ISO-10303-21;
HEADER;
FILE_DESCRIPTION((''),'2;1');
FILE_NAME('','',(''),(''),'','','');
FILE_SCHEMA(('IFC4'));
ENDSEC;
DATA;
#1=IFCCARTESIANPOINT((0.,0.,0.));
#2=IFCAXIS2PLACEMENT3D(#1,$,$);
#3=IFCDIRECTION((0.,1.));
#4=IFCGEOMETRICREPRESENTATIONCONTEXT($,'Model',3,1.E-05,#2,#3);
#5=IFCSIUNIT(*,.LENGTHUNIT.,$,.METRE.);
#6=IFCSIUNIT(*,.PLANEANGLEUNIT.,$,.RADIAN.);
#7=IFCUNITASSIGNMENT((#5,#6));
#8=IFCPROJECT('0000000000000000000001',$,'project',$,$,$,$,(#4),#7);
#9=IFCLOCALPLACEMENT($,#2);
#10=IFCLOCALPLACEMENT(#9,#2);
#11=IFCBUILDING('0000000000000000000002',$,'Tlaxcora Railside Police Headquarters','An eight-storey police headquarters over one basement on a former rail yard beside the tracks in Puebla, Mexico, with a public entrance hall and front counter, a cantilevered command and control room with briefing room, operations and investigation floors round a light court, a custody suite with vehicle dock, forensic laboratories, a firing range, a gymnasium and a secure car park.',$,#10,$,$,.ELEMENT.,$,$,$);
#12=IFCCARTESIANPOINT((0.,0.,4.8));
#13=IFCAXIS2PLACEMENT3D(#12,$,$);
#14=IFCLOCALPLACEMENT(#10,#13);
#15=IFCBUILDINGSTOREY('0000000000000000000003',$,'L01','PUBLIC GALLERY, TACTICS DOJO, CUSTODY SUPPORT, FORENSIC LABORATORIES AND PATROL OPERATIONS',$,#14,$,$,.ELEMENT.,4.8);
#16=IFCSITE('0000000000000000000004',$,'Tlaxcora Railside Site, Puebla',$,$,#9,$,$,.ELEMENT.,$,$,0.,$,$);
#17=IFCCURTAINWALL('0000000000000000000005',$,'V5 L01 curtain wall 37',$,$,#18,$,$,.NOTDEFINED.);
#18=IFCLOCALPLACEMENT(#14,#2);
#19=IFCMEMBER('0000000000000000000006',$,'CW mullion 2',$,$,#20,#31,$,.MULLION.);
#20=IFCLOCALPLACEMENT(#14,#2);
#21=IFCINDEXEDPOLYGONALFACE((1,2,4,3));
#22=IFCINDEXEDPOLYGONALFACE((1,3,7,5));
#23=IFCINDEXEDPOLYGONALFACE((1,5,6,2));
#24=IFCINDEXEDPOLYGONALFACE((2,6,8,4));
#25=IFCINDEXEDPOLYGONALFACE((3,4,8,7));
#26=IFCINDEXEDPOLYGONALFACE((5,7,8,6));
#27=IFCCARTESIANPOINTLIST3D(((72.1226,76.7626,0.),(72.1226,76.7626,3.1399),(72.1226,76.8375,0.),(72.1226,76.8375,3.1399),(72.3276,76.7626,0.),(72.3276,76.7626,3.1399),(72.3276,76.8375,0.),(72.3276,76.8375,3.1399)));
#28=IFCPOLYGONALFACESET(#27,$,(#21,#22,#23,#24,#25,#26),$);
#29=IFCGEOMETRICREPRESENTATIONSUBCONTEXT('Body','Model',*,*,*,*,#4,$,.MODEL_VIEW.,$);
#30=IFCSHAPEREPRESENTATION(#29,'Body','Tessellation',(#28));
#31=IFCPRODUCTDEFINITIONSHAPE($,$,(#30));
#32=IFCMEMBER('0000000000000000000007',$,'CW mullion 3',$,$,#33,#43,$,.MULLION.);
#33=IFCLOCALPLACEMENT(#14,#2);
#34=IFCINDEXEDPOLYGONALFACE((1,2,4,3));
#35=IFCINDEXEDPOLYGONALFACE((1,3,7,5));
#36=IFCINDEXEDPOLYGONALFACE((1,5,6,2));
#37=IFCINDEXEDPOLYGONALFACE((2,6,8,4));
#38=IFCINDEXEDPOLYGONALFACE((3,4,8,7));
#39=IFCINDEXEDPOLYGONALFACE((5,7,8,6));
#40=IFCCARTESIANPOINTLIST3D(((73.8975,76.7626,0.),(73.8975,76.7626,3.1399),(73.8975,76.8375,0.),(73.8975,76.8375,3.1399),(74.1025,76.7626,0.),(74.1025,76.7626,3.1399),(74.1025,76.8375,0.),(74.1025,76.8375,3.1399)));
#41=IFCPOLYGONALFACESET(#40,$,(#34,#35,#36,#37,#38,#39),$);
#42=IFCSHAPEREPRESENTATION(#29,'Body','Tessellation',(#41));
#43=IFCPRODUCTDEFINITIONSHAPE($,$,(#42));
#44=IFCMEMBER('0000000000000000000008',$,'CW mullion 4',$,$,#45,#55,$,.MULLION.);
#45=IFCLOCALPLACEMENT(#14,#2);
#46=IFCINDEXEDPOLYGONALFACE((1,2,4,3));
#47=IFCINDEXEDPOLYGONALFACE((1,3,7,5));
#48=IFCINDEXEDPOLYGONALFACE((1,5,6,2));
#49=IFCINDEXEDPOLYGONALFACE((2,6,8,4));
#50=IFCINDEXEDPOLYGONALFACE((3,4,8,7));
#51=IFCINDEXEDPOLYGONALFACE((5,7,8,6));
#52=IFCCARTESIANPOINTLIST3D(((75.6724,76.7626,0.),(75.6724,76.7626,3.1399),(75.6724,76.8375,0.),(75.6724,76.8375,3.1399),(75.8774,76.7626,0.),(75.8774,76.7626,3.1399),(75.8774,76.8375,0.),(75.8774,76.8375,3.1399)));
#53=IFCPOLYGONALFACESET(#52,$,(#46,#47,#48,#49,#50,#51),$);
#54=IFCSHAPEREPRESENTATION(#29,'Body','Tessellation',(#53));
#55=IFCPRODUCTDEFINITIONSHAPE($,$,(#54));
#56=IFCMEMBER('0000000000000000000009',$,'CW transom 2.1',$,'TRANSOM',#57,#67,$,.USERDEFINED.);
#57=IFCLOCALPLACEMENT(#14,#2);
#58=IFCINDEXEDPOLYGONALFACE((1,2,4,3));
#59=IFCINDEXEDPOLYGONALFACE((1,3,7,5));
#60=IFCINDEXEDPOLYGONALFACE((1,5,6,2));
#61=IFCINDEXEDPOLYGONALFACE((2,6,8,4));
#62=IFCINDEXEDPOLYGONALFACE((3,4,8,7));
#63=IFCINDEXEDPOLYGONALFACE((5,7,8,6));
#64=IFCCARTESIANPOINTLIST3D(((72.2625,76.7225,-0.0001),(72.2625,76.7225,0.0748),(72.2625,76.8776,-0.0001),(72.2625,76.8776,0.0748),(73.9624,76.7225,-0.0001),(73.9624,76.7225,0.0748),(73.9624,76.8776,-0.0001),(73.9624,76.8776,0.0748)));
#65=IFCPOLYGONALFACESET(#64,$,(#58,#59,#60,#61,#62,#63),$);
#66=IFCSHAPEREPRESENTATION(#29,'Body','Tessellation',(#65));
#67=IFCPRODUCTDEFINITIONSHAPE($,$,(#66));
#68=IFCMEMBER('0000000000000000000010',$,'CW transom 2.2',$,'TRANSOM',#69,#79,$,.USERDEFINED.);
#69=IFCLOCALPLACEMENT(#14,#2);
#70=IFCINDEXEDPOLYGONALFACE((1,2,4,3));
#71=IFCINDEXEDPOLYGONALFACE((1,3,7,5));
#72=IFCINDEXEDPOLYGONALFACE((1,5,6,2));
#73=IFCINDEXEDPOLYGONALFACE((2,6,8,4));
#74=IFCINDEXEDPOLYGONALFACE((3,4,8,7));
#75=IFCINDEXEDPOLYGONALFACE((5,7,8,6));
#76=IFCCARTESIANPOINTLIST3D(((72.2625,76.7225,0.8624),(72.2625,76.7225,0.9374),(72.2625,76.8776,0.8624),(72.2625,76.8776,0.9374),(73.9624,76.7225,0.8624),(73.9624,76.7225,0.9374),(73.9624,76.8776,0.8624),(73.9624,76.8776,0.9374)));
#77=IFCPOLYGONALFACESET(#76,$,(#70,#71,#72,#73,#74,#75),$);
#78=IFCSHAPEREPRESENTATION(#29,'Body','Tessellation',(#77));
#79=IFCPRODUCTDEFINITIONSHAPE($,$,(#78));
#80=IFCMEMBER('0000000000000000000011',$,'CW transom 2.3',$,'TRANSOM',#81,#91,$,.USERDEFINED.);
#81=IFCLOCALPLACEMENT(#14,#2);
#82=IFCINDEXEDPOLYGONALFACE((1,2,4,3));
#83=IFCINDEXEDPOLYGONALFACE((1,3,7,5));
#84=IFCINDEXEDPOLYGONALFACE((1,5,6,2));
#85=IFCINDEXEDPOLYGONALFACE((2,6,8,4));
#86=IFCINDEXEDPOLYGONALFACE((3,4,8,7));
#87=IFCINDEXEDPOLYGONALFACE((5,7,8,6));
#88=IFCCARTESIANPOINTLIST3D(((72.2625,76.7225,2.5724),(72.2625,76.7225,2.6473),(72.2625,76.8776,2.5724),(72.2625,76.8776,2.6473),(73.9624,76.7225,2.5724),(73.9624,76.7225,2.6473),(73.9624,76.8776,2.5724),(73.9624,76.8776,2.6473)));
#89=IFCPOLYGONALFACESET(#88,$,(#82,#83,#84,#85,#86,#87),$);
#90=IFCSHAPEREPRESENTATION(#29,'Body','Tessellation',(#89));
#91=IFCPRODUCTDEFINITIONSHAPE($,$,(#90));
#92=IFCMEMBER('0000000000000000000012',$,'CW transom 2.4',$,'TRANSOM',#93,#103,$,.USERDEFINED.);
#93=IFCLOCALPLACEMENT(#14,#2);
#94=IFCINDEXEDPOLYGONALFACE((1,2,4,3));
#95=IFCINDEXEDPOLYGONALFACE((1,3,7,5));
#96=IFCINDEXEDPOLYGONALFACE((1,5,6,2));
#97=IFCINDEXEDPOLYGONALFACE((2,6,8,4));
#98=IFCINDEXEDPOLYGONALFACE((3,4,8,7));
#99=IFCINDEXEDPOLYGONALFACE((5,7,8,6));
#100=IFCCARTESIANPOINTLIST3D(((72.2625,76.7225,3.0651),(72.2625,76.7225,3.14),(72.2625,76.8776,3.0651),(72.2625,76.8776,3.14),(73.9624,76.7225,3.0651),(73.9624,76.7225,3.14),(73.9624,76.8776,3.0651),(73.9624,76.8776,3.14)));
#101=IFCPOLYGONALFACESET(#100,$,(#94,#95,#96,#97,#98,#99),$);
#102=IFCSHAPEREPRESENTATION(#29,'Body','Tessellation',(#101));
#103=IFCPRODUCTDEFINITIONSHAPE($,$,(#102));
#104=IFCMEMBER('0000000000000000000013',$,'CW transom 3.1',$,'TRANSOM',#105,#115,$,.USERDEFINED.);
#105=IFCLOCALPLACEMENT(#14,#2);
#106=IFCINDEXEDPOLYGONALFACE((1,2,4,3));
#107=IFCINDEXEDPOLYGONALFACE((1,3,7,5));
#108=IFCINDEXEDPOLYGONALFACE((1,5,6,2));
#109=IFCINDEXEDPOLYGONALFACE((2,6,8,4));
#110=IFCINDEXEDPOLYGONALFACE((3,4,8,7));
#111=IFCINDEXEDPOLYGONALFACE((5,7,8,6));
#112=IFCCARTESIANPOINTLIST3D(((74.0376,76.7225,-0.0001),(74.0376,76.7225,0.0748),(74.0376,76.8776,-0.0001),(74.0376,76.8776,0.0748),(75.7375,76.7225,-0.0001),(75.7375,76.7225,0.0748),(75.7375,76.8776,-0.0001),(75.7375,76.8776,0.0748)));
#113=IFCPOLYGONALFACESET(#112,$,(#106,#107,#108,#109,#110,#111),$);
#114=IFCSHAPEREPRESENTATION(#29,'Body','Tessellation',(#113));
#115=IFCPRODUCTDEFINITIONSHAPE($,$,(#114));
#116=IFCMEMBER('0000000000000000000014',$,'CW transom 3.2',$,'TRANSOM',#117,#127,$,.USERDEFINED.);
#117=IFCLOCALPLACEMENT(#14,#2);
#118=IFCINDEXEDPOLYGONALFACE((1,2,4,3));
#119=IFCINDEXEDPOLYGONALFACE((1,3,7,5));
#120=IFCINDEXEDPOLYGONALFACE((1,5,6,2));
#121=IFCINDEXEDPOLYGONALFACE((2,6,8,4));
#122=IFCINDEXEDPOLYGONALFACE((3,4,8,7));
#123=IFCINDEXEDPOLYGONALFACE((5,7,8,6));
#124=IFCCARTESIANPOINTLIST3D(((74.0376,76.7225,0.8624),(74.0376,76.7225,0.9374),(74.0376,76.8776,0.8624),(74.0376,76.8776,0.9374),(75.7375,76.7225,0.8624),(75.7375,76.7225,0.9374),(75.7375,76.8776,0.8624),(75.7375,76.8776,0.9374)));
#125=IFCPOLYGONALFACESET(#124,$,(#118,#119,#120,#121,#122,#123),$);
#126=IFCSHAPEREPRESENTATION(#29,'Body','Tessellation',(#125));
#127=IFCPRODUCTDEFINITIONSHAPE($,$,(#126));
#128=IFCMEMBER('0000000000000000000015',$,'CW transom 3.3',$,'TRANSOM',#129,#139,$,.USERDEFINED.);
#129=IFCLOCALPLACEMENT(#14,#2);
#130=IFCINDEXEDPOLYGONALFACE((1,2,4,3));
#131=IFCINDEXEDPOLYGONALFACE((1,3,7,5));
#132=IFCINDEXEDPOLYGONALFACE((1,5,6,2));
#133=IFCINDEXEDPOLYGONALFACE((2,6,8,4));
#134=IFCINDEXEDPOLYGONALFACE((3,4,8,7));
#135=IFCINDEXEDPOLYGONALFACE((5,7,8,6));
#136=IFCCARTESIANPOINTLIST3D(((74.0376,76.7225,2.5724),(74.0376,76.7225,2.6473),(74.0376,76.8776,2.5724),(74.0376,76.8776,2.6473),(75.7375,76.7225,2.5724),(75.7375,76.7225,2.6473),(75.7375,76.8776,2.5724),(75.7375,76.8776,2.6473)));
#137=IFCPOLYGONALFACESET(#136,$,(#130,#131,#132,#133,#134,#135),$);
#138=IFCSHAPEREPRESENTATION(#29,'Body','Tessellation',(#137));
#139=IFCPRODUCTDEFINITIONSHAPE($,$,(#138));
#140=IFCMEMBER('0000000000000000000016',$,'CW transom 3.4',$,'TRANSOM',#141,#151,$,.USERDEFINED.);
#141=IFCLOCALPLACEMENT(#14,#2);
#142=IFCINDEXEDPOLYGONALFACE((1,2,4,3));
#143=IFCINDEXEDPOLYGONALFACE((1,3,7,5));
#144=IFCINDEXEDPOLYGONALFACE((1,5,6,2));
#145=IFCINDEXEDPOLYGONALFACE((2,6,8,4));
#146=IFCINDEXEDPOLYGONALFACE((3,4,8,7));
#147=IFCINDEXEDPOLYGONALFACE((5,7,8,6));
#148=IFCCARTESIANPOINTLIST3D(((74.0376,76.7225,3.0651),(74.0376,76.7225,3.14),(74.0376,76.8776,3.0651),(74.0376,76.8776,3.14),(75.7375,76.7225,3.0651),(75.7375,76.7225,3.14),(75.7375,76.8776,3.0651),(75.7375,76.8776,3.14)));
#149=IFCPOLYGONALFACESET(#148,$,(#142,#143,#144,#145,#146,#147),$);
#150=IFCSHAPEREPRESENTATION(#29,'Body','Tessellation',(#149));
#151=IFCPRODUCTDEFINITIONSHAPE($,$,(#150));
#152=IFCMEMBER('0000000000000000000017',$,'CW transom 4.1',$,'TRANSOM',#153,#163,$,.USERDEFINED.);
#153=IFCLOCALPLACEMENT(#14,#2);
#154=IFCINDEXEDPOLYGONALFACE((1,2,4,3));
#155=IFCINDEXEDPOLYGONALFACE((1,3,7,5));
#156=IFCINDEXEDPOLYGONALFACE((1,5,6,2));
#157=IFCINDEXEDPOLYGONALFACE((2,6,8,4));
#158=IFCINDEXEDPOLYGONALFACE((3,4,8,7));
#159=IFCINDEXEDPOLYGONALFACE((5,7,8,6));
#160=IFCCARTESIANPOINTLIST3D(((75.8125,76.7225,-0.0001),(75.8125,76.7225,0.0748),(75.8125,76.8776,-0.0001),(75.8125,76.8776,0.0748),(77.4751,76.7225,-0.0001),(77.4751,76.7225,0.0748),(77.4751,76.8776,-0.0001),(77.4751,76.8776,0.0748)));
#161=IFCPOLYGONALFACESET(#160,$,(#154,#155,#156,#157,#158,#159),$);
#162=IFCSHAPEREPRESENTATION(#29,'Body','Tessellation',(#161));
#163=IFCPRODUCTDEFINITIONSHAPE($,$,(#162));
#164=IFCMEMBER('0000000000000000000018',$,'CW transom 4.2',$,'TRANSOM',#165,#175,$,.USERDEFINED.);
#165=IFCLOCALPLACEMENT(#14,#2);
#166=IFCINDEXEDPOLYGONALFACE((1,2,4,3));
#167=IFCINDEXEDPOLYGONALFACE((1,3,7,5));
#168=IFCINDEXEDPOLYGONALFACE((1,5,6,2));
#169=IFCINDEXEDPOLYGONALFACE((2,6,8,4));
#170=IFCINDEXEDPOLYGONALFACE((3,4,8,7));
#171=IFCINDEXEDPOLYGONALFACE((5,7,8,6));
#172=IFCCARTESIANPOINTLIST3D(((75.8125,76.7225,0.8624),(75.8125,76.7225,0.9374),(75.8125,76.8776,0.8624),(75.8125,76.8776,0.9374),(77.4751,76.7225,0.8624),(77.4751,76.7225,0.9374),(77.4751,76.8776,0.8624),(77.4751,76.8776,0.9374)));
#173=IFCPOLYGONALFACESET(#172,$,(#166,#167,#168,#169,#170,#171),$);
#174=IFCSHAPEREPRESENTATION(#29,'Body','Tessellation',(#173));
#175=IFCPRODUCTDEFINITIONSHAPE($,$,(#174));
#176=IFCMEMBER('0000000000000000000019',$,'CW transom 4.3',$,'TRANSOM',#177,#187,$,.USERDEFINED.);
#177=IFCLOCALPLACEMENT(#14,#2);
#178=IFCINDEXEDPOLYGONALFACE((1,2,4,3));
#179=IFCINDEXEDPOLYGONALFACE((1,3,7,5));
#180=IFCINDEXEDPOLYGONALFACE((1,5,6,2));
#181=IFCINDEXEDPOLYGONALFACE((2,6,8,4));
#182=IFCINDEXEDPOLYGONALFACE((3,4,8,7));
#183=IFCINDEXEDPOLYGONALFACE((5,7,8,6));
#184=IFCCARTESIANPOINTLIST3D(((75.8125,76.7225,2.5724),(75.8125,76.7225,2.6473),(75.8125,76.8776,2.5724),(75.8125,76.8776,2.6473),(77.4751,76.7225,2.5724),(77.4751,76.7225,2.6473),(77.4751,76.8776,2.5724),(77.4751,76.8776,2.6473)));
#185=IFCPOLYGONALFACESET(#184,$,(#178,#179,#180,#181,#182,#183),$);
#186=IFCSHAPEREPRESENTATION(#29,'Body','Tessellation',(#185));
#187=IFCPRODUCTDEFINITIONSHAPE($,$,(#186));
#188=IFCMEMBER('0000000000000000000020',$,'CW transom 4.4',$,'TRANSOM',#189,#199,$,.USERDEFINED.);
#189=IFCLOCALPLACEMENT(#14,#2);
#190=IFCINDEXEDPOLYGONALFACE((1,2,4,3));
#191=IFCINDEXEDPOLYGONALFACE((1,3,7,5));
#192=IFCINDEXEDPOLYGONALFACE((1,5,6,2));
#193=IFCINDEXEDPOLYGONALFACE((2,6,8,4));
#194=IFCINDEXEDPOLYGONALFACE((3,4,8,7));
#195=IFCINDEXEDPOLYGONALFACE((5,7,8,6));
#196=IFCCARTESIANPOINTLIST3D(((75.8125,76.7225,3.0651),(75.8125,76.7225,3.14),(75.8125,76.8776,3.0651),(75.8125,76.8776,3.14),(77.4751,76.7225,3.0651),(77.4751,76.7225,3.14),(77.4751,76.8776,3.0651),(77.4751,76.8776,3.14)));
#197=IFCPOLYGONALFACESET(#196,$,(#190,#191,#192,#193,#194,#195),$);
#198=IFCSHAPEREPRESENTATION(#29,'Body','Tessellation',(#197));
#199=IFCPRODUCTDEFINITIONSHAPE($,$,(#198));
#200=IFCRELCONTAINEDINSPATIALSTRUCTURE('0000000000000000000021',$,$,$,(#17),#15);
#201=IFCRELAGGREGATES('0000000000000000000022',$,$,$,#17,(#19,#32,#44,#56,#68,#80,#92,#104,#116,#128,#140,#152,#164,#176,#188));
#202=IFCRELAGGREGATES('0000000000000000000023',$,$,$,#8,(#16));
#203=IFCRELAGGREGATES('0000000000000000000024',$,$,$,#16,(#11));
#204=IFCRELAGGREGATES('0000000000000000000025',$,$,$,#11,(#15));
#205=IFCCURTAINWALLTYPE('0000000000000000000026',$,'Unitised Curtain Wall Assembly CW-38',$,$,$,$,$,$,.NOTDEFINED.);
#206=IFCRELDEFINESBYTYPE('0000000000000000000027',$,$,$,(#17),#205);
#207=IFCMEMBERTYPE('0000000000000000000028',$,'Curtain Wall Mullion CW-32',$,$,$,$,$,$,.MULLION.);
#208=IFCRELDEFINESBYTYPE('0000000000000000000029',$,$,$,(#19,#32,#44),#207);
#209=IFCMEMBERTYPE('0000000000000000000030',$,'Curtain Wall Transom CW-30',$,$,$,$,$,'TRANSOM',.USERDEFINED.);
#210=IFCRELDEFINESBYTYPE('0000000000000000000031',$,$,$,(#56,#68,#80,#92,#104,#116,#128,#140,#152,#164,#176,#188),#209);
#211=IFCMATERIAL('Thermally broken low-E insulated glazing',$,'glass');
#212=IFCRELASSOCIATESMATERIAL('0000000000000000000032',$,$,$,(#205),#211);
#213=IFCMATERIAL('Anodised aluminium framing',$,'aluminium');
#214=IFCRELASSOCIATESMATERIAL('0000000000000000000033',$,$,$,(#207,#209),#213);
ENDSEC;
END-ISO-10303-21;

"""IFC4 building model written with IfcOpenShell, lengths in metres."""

from ifc_helpers import new_model, si_unit, direction, frame, origin, origin_2d, place, context, subcontext, project, spatial, rectangle, extrude, material, material_profile, profile_set, type_object, element, aggregate, save


model = new_model("IFC4")

# Units and contexts
model_context = context("Model", 3, precision=1e-05, world=origin(), true_north=direction((0.0, 1.0)))
body_context = subcontext(model_context, "Body", "Model", "MODEL_VIEW")
ifc_project = project(units=[si_unit("LENGTHUNIT", "METRE"), si_unit("PLANEANGLEUNIT", "RADIAN")], contexts=[model_context])

# Site, building, storey
site_placement = place(None, origin())
site = spatial("IfcSite", under=ifc_project, at=site_placement, Name="Tlaxcora Railside Site, Puebla", CompositionType="ELEMENT", RefElevation=0.0)
building_placement = place(site_placement, origin())
building = spatial("IfcBuilding", under=site, at=building_placement, Name="Tlaxcora Railside Police Headquarters", Description="An eight-storey police headquarters over one basement on a former rail yard beside the tracks in Puebla, Mexico, with a public entrance hall and front counter, a cantilevered command and control room with briefing room, operations and investigation floors round a light court, a custody suite with vehicle dock, forensic laboratories, a firing range, a gymnasium and a secure car park.", CompositionType="ELEMENT")
storey_placement = place(building_placement, frame((0.0, 0.0, 4.8)))
storey = spatial("IfcBuildingStorey", under=building, at=storey_placement, Name="L01", Description="PUBLIC GALLERY, TACTICS DOJO, CUSTODY SUPPORT, FORENSIC LABORATORIES AND PATROL OPERATIONS", CompositionType="ELEMENT", Elevation=4.8)

# Curtain wall, members
ifc_material_1 = material(Name="Thermally broken low-E insulated glazing", Category="glass")
curtain_wall_type = type_object("IfcCurtainWallType", Name="Unitised Curtain Wall Assembly CW-38", PredefinedType="NOTDEFINED", material=ifc_material_1)
curtain_wall_placement = place(storey_placement, origin())
curtain_wall = element("IfcCurtainWall", 1, at=curtain_wall_placement, inside=storey, type_object=curtain_wall_type, Name="V5 L01 curtain wall 37", PredefinedType="NOTDEFINED")
ifc_material_2 = material(Name="Anodised aluminium framing", Category="aluminium")
ifc_material_profile_1 = material_profile(ifc_material_2, rectangle(XDim=0.075, YDim=0.2051, at=origin_2d()), Name="AL75X205")
ifc_profile_set_1 = profile_set([ifc_material_profile_1], Name="Anodised aluminium framing")
member_type_1 = type_object("IfcMemberType", Name="Curtain Wall Mullion CW-32", PredefinedType="MULLION", material=ifc_profile_set_1)
member_1_placement = place(storey_placement, frame((72.2251, 76.8, 0.0), z_axis=(0.0, 0.0, 1.0), x_axis=(0.0, 1.0, 0.0)))
member_1 = element("IfcMember", 2, at=member_1_placement, type_object=member_type_1, Name="CW mullion 2", PredefinedType="MULLION", context=body_context, shape_type="SweptSolid", body=[
    extrude(rectangle(XDim=0.075, YDim=0.2051, at=origin_2d()), origin(), (0.0, 0.0, 1.0), 3.1399),
])
member_2_placement = place(storey_placement, frame((74.0, 76.8, 0.0), z_axis=(0.0, 0.0, 1.0), x_axis=(0.0, 1.0, 0.0)))
member_2 = element("IfcMember", 3, at=member_2_placement, type_object=member_type_1, Name="CW mullion 3", PredefinedType="MULLION", context=body_context, shape_type="SweptSolid", body=[
    extrude(rectangle(XDim=0.075, YDim=0.2051, at=origin_2d()), origin(), (0.0, 0.0, 1.0), 3.1399),
])
member_3_placement = place(storey_placement, frame((75.7749, 76.8, 0.0), z_axis=(0.0, 0.0, 1.0), x_axis=(0.0, 1.0, 0.0)))
member_3 = element("IfcMember", 4, at=member_3_placement, type_object=member_type_1, Name="CW mullion 4", PredefinedType="MULLION", context=body_context, shape_type="SweptSolid", body=[
    extrude(rectangle(XDim=0.075, YDim=0.2051, at=origin_2d()), origin(), (0.0, 0.0, 1.0), 3.1399),
])
ifc_material_profile_2 = material_profile(ifc_material_2, rectangle(XDim=0.155, YDim=0.075, at=origin_2d()), Name="AL75X155")
ifc_profile_set_2 = profile_set([ifc_material_profile_2], Name="Anodised aluminium framing")
member_type_2 = type_object("IfcMemberType", Name="Curtain Wall Transom CW-30", ElementType="TRANSOM", PredefinedType="USERDEFINED", material=ifc_profile_set_2)
member_4_placement = place(storey_placement, frame((72.2625, 76.8, 0.0374), z_axis=(1.0, 0.0, 0.0), x_axis=(0.0, 1.0, 0.0)))
member_4 = element("IfcMember", 5, at=member_4_placement, type_object=member_type_2, Name="CW transom 2.1", ObjectType="TRANSOM", PredefinedType="USERDEFINED", context=body_context, shape_type="SweptSolid", body=[
    extrude(rectangle(XDim=0.155, YDim=0.075, at=origin_2d()), origin(), (0.0, 0.0, 1.0), 1.7),
])
member_5_placement = place(storey_placement, frame((72.2625, 76.8, 0.8999), z_axis=(1.0, 0.0, 0.0), x_axis=(0.0, 1.0, 0.0)))
member_5 = element("IfcMember", 6, at=member_5_placement, type_object=member_type_2, Name="CW transom 2.2", ObjectType="TRANSOM", PredefinedType="USERDEFINED", context=body_context, shape_type="SweptSolid", body=[
    extrude(rectangle(XDim=0.155, YDim=0.075, at=origin_2d()), origin(), (0.0, 0.0, 1.0), 1.7),
])
member_6_placement = place(storey_placement, frame((72.2625, 76.8, 2.6099), z_axis=(1.0, 0.0, 0.0), x_axis=(0.0, 1.0, 0.0)))
member_6 = element("IfcMember", 7, at=member_6_placement, type_object=member_type_2, Name="CW transom 2.3", ObjectType="TRANSOM", PredefinedType="USERDEFINED", context=body_context, shape_type="SweptSolid", body=[
    extrude(rectangle(XDim=0.155, YDim=0.075, at=origin_2d()), origin(), (0.0, 0.0, 1.0), 1.7),
])
member_7_placement = place(storey_placement, frame((72.2625, 76.8, 3.1025), z_axis=(1.0, 0.0, 0.0), x_axis=(0.0, 1.0, 0.0)))
member_7 = element("IfcMember", 8, at=member_7_placement, type_object=member_type_2, Name="CW transom 2.4", ObjectType="TRANSOM", PredefinedType="USERDEFINED", context=body_context, shape_type="SweptSolid", body=[
    extrude(rectangle(XDim=0.155, YDim=0.075, at=origin_2d()), origin(), (0.0, 0.0, 1.0), 1.7),
])
member_8_placement = place(storey_placement, frame((74.0376, 76.8, 0.0374), z_axis=(1.0, 0.0, 0.0), x_axis=(0.0, 1.0, 0.0)))
member_8 = element("IfcMember", 9, at=member_8_placement, type_object=member_type_2, Name="CW transom 3.1", ObjectType="TRANSOM", PredefinedType="USERDEFINED", context=body_context, shape_type="SweptSolid", body=[
    extrude(rectangle(XDim=0.155, YDim=0.075, at=origin_2d()), origin(), (0.0, 0.0, 1.0), 1.7),
])
member_9_placement = place(storey_placement, frame((74.0376, 76.8, 0.8999), z_axis=(1.0, 0.0, 0.0), x_axis=(0.0, 1.0, 0.0)))
member_9 = element("IfcMember", 10, at=member_9_placement, type_object=member_type_2, Name="CW transom 3.2", ObjectType="TRANSOM", PredefinedType="USERDEFINED", context=body_context, shape_type="SweptSolid", body=[
    extrude(rectangle(XDim=0.155, YDim=0.075, at=origin_2d()), origin(), (0.0, 0.0, 1.0), 1.7),
])
member_10_placement = place(storey_placement, frame((74.0376, 76.8, 2.6099), z_axis=(1.0, 0.0, 0.0), x_axis=(0.0, 1.0, 0.0)))
member_10 = element("IfcMember", 11, at=member_10_placement, type_object=member_type_2, Name="CW transom 3.3", ObjectType="TRANSOM", PredefinedType="USERDEFINED", context=body_context, shape_type="SweptSolid", body=[
    extrude(rectangle(XDim=0.155, YDim=0.075, at=origin_2d()), origin(), (0.0, 0.0, 1.0), 1.7),
])
member_11_placement = place(storey_placement, frame((74.0376, 76.8, 3.1025), z_axis=(1.0, 0.0, 0.0), x_axis=(0.0, 1.0, 0.0)))
member_11 = element("IfcMember", 12, at=member_11_placement, type_object=member_type_2, Name="CW transom 3.4", ObjectType="TRANSOM", PredefinedType="USERDEFINED", context=body_context, shape_type="SweptSolid", body=[
    extrude(rectangle(XDim=0.155, YDim=0.075, at=origin_2d()), origin(), (0.0, 0.0, 1.0), 1.7),
])
member_12_placement = place(storey_placement, frame((75.8125, 76.8, 0.0374), z_axis=(1.0, 0.0, 0.0), x_axis=(0.0, 1.0, 0.0)))
member_12 = element("IfcMember", 13, at=member_12_placement, type_object=member_type_2, Name="CW transom 4.1", ObjectType="TRANSOM", PredefinedType="USERDEFINED", context=body_context, shape_type="SweptSolid", body=[
    extrude(rectangle(XDim=0.155, YDim=0.075, at=origin_2d()), origin(), (0.0, 0.0, 1.0), 1.6626),
])
member_13_placement = place(storey_placement, frame((75.8125, 76.8, 0.8999), z_axis=(1.0, 0.0, 0.0), x_axis=(0.0, 1.0, 0.0)))
member_13 = element("IfcMember", 14, at=member_13_placement, type_object=member_type_2, Name="CW transom 4.2", ObjectType="TRANSOM", PredefinedType="USERDEFINED", context=body_context, shape_type="SweptSolid", body=[
    extrude(rectangle(XDim=0.155, YDim=0.075, at=origin_2d()), origin(), (0.0, 0.0, 1.0), 1.6626),
])
member_14_placement = place(storey_placement, frame((75.8125, 76.8, 2.6099), z_axis=(1.0, 0.0, 0.0), x_axis=(0.0, 1.0, 0.0)))
member_14 = element("IfcMember", 15, at=member_14_placement, type_object=member_type_2, Name="CW transom 4.3", ObjectType="TRANSOM", PredefinedType="USERDEFINED", context=body_context, shape_type="SweptSolid", body=[
    extrude(rectangle(XDim=0.155, YDim=0.075, at=origin_2d()), origin(), (0.0, 0.0, 1.0), 1.6626),
])
member_15_placement = place(storey_placement, frame((75.8125, 76.8, 3.1025), z_axis=(1.0, 0.0, 0.0), x_axis=(0.0, 1.0, 0.0)))
member_15 = element("IfcMember", 16, at=member_15_placement, type_object=member_type_2, Name="CW transom 4.4", ObjectType="TRANSOM", PredefinedType="USERDEFINED", context=body_context, shape_type="SweptSolid", body=[
    extrude(rectangle(XDim=0.155, YDim=0.075, at=origin_2d()), origin(), (0.0, 0.0, 1.0), 1.6626),
])
aggregate(curtain_wall, [member_1, member_2, member_3, member_4, member_5, member_6, member_7, member_8, member_9, member_10, member_11, member_12, member_13, member_14, member_15])

save(model, "model.ifc")
